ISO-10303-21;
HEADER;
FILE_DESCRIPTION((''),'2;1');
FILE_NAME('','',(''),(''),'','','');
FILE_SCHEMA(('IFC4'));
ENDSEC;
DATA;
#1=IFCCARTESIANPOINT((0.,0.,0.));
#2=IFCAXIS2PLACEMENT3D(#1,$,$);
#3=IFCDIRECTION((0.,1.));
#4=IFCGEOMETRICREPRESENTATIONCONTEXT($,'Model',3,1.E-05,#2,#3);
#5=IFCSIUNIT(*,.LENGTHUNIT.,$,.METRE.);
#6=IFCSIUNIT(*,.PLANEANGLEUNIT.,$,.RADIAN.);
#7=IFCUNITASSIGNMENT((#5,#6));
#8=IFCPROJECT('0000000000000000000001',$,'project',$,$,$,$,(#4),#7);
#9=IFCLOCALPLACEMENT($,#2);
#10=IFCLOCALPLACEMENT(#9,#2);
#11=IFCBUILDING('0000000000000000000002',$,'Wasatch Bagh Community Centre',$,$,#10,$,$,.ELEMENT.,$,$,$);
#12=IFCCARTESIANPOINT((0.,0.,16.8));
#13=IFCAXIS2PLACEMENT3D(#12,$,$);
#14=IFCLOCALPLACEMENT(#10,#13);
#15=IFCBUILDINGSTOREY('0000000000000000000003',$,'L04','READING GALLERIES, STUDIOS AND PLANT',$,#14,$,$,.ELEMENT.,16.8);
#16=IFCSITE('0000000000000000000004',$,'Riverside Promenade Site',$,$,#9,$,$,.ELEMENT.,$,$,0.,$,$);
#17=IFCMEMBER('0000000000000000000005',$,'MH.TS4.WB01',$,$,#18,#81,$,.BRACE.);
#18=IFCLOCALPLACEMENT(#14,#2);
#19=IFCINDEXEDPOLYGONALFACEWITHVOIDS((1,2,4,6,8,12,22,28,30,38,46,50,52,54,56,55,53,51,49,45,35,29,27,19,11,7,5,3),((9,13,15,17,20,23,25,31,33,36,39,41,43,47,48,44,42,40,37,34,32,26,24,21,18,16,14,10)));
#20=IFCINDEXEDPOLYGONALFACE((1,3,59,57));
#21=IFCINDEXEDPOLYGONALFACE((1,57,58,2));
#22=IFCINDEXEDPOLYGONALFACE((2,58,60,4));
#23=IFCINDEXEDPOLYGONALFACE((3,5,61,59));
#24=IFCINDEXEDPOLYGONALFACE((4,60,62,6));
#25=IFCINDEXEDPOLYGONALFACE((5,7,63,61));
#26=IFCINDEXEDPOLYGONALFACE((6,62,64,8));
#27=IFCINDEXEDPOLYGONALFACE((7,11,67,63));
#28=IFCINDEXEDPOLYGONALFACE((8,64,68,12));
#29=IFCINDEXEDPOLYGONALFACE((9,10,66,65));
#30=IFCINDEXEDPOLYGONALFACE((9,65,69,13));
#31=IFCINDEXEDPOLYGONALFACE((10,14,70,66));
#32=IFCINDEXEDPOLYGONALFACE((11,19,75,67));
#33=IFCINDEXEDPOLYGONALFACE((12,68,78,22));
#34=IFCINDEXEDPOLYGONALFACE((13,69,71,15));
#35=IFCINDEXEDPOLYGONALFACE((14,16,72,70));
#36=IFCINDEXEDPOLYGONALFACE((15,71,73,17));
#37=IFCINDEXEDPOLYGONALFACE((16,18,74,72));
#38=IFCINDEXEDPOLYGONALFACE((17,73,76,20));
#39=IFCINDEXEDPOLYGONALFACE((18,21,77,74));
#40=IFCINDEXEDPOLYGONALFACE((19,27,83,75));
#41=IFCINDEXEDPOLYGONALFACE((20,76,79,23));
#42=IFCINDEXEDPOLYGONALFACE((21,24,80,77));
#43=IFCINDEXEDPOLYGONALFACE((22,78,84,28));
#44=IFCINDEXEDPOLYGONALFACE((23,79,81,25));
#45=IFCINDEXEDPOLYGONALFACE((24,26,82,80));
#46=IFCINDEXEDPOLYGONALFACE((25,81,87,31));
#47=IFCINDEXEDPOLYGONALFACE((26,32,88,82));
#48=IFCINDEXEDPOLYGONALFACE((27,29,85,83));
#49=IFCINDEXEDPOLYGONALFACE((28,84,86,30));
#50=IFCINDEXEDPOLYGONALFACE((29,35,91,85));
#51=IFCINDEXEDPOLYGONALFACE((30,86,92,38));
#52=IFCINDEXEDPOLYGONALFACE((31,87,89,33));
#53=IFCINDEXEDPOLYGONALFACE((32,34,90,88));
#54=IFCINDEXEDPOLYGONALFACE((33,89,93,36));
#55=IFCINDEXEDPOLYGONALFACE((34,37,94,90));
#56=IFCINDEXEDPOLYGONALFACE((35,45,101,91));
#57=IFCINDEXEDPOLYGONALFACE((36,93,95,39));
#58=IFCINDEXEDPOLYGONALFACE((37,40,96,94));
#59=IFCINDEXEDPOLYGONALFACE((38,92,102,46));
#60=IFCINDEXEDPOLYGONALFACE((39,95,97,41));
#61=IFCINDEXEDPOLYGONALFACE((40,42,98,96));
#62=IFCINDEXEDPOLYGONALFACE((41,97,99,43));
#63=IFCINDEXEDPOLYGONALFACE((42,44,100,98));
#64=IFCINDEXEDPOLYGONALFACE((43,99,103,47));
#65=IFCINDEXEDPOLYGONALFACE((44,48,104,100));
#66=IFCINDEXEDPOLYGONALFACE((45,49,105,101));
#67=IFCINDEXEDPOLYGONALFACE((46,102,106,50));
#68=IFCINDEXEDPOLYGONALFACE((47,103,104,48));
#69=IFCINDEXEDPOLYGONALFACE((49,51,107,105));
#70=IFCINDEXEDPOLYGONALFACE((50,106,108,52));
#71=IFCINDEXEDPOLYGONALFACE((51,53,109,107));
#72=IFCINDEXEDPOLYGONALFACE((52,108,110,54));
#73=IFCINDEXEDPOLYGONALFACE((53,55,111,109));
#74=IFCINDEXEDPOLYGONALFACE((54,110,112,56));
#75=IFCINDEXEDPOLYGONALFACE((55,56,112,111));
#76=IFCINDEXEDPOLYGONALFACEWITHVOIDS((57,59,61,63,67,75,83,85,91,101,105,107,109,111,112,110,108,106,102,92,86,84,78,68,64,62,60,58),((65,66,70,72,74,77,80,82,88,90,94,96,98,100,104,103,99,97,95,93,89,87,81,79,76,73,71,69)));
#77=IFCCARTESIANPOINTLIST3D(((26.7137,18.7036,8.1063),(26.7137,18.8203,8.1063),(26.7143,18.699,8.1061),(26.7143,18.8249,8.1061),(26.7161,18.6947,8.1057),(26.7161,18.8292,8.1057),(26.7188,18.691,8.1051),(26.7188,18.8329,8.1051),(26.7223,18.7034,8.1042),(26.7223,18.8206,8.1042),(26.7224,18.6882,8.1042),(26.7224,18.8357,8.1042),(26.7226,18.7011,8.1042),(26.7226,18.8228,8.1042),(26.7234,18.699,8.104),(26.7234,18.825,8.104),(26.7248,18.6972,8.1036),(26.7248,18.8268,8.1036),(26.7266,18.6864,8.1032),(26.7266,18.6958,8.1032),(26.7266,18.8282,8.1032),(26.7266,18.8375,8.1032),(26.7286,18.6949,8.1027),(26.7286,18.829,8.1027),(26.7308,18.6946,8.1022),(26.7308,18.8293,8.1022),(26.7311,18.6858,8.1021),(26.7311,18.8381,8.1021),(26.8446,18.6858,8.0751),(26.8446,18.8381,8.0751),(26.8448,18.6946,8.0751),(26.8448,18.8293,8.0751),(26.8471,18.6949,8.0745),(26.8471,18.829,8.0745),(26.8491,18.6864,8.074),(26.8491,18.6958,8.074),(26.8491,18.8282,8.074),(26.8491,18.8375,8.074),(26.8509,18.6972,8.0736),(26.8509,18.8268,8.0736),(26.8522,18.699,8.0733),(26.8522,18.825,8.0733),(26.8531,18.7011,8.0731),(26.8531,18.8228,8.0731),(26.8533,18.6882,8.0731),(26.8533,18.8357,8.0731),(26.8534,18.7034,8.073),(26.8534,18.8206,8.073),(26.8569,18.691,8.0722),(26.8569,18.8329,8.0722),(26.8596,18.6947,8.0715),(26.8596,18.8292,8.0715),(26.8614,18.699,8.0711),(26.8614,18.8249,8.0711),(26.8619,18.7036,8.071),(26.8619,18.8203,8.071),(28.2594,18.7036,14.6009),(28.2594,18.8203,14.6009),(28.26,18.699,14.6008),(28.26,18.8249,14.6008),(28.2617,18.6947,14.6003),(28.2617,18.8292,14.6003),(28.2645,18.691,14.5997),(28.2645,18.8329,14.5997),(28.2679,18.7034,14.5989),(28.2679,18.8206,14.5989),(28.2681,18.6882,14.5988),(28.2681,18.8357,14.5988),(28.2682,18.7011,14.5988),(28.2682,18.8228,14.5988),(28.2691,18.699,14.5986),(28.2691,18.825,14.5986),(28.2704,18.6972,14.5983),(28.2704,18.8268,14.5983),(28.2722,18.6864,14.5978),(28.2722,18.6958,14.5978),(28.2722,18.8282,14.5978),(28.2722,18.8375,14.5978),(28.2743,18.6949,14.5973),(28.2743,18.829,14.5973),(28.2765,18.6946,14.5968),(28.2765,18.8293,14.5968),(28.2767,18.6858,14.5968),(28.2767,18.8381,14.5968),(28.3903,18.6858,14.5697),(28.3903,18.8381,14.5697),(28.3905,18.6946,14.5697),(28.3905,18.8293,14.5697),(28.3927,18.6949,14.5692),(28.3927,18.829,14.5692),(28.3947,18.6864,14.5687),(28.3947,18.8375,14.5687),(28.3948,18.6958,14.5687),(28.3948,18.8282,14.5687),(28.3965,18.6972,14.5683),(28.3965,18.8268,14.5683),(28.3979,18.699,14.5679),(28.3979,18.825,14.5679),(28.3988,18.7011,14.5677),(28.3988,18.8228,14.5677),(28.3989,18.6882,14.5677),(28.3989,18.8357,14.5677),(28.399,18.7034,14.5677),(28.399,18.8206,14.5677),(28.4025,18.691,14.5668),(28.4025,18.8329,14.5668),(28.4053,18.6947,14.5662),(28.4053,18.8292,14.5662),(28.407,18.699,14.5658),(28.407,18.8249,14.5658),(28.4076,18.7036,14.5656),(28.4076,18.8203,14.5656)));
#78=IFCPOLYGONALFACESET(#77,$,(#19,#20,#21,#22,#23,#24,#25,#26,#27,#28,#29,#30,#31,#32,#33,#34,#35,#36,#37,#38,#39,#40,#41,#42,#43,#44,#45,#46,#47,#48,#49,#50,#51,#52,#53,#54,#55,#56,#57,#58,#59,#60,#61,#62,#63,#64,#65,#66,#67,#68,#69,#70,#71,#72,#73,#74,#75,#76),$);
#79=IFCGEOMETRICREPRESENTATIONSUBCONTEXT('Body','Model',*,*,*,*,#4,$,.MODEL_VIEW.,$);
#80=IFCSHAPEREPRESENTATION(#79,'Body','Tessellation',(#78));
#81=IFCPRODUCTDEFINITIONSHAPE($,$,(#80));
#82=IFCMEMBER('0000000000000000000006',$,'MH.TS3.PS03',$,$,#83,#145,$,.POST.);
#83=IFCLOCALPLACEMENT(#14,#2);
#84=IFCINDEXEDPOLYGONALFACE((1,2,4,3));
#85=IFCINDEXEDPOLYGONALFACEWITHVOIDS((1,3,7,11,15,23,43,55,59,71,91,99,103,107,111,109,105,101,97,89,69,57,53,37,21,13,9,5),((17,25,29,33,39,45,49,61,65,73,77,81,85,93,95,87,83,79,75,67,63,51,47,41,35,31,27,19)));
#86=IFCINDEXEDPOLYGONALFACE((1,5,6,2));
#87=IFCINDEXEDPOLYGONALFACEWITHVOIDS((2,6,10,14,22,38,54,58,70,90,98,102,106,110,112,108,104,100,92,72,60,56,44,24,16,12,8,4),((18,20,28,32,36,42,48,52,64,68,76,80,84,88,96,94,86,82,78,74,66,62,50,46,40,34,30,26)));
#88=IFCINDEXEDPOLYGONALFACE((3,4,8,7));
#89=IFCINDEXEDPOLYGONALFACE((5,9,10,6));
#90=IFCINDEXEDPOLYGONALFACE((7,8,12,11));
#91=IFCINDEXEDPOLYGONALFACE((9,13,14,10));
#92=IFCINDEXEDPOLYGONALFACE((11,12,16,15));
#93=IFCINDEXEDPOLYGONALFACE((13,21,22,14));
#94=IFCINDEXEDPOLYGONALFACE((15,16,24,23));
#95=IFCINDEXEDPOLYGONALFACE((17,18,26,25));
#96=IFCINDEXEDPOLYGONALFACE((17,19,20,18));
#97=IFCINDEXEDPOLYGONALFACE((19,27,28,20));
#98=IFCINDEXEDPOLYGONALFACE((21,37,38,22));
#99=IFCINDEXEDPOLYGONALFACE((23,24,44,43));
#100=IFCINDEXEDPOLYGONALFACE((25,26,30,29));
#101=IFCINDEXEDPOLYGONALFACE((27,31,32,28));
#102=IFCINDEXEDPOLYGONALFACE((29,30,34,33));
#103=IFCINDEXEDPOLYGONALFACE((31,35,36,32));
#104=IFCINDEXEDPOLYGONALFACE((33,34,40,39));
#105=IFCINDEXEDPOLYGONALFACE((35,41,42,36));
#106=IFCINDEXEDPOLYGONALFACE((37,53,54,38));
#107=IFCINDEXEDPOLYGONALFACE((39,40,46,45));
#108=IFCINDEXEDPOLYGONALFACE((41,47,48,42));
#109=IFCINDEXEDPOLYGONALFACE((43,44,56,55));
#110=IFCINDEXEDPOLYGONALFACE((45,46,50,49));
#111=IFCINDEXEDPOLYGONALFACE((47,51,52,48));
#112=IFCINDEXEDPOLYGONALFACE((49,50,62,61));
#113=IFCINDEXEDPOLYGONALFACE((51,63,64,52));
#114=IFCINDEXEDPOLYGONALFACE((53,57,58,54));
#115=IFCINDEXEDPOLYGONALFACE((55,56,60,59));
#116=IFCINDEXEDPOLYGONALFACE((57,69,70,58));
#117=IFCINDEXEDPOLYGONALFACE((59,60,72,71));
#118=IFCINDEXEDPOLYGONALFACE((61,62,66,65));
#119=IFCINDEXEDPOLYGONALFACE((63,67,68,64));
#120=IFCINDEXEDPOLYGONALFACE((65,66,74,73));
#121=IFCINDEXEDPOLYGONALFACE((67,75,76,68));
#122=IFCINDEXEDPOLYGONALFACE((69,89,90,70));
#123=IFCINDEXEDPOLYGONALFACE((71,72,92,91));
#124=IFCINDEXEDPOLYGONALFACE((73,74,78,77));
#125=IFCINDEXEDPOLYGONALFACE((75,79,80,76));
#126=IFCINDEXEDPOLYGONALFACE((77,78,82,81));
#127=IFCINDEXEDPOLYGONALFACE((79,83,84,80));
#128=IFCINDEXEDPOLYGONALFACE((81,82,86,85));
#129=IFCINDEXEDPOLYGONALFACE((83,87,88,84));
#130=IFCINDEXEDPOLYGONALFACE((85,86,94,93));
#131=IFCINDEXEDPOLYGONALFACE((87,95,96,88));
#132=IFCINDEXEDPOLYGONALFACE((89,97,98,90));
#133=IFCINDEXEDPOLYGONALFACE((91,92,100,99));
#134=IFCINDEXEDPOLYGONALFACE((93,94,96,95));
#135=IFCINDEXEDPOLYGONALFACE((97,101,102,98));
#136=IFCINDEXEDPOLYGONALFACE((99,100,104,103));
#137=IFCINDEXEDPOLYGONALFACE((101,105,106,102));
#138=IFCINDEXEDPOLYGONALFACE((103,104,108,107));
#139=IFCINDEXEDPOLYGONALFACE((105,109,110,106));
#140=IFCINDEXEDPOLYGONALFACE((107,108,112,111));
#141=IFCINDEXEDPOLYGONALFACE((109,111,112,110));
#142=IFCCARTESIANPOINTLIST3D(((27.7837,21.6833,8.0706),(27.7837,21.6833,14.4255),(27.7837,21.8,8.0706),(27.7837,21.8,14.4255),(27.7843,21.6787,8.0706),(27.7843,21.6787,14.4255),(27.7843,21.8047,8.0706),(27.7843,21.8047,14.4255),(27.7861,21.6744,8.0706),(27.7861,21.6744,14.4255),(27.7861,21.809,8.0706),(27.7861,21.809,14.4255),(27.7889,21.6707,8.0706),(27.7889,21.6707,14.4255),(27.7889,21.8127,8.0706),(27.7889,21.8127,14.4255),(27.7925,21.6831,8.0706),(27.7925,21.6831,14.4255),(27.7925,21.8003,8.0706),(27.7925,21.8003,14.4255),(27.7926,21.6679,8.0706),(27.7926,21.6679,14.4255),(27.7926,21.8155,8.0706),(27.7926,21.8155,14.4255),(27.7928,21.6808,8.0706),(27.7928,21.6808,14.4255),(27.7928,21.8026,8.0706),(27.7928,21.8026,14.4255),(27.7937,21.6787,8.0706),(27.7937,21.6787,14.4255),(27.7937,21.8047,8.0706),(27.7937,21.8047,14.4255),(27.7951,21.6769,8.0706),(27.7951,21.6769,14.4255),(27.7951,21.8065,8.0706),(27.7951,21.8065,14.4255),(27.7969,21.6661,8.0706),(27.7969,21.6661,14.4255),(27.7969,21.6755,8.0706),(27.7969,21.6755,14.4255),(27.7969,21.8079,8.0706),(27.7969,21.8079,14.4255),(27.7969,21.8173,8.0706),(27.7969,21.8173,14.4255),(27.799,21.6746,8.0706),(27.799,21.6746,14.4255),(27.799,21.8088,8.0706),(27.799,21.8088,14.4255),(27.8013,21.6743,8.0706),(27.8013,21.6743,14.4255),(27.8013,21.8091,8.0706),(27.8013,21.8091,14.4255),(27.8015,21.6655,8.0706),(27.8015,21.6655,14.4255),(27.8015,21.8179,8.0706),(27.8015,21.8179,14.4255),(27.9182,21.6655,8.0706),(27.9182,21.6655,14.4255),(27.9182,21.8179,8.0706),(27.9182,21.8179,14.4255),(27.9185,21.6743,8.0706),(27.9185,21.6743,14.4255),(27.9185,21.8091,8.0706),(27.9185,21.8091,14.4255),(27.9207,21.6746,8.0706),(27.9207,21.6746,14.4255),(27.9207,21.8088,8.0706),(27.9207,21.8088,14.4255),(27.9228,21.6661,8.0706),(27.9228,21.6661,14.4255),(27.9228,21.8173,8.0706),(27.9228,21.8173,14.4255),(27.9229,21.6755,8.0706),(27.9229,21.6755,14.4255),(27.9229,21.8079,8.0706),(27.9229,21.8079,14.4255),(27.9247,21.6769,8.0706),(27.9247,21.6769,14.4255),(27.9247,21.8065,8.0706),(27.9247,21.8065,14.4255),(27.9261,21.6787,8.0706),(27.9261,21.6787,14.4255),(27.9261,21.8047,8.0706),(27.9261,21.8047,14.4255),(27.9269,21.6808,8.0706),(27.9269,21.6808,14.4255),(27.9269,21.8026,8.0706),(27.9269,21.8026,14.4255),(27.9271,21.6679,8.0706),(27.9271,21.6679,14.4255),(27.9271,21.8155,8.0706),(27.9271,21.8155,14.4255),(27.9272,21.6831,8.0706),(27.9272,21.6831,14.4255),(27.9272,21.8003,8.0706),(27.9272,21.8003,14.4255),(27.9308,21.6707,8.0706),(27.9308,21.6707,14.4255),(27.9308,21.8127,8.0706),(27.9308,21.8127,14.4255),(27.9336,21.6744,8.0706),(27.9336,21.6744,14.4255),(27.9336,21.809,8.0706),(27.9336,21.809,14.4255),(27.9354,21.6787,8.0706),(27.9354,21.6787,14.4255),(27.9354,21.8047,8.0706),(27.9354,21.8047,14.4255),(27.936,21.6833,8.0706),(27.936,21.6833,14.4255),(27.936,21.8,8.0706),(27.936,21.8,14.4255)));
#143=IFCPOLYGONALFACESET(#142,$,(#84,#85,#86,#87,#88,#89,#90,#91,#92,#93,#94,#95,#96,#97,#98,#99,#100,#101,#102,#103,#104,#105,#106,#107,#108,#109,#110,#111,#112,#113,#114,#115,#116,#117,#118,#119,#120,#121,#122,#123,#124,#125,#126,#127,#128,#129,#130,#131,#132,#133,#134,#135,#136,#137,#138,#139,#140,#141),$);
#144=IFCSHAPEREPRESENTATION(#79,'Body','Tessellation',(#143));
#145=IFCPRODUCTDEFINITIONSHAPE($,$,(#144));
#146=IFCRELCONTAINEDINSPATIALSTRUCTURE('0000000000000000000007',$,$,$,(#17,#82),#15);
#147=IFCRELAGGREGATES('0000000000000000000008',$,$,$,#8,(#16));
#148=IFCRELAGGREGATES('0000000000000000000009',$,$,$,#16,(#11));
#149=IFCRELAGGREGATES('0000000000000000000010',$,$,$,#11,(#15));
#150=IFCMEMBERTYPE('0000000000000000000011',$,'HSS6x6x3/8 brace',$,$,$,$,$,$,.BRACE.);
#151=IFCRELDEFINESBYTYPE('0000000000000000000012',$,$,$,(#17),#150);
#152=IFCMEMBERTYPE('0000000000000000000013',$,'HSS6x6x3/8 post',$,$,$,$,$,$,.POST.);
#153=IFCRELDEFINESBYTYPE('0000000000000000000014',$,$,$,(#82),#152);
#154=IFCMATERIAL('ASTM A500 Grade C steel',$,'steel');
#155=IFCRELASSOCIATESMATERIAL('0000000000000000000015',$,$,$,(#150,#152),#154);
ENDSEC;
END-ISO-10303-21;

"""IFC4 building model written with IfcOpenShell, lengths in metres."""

from ifc_helpers import new_model, si_unit, direction, frame, origin, origin_2d, place, context, subcontext, project, spatial, hollow_rectangle, extrude, material, material_profile, profile_set, type_object, element, save


model = new_model("IFC4")

# Units and contexts
model_context = context("Model", 3, precision=1e-05, world=origin(), true_north=direction((0.0, 1.0)))
body_context = subcontext(model_context, "Body", "Model", "MODEL_VIEW")
ifc_project = project(units=[si_unit("LENGTHUNIT", "METRE"), si_unit("PLANEANGLEUNIT", "RADIAN")], contexts=[model_context])

# Site, building, storey
site_placement = place(None, origin())
site = spatial("IfcSite", under=ifc_project, at=site_placement, Name="Riverside Promenade Site", CompositionType="ELEMENT", RefElevation=0.0)
building_placement = place(site_placement, origin())
building = spatial("IfcBuilding", under=site, at=building_placement, Name="Wasatch Bagh Community Centre", CompositionType="ELEMENT")
storey_placement = place(building_placement, frame((0.0, 0.0, 16.8)))
storey = spatial("IfcBuildingStorey", under=building, at=storey_placement, Name="L04", Description="READING GALLERIES, STUDIOS AND PLANT", CompositionType="ELEMENT", Elevation=16.8)

# Members
ifc_material_1 = material(Name="ASTM A500 Grade C steel", Category="steel")
ifc_material_profile_1 = material_profile(ifc_material_1, hollow_rectangle(XDim=0.1523, YDim=0.1523, WallThickness=0.0088, InnerFilletRadius=0.0088, OuterFilletRadius=0.0178, at=origin_2d()), Name="HSS6x6x3/8")
ifc_profile_set_1 = profile_set([ifc_material_profile_1], Name="ASTM A500 Grade C steel")
member_type_1 = type_object("IfcMemberType", Name="HSS6x6x3/8 brace", PredefinedType="BRACE", material=ifc_profile_set_1)
member_1_placement = place(storey_placement, frame((26.7878, 18.762, 8.0886), z_axis=(0.231523, 0.0, 0.972829), x_axis=(0.0, 1.0, 0.0)))
element("IfcMember", 1, at=member_1_placement, inside=storey, type_object=member_type_1, Name="MH.TS4.WB01", PredefinedType="BRACE", context=body_context, shape_type="SweptSolid", body=[
    extrude(hollow_rectangle(XDim=0.1523, YDim=0.1523, WallThickness=0.0088, InnerFilletRadius=0.0088, OuterFilletRadius=0.0178, at=origin_2d()), origin(), (0.0, 0.0, 1.0), 6.676),
])
ifc_material_profile_2 = material_profile(ifc_material_1, hollow_rectangle(XDim=0.1523, YDim=0.1523, WallThickness=0.0088, InnerFilletRadius=0.0088, OuterFilletRadius=0.0178, at=origin_2d()), Name="HSS6x6x3/8")
ifc_profile_set_2 = profile_set([ifc_material_profile_2], Name="ASTM A500 Grade C steel")
member_type_2 = type_object("IfcMemberType", Name="HSS6x6x3/8 post", PredefinedType="POST", material=ifc_profile_set_2)
member_2_placement = place(storey_placement, frame((27.8599, 21.7417, 8.0706), z_axis=(0.0, 0.0, 1.0), x_axis=(1.0, 0.0, 0.0)))
element("IfcMember", 2, at=member_2_placement, inside=storey, type_object=member_type_2, Name="MH.TS3.PS03", PredefinedType="POST", context=body_context, shape_type="SweptSolid", body=[
    extrude(hollow_rectangle(XDim=0.1523, YDim=0.1523, WallThickness=0.0088, InnerFilletRadius=0.0088, OuterFilletRadius=0.0178, at=origin_2d()), origin(), (0.0, 0.0, 1.0), 6.355),
])

save(model, "model.ifc")
